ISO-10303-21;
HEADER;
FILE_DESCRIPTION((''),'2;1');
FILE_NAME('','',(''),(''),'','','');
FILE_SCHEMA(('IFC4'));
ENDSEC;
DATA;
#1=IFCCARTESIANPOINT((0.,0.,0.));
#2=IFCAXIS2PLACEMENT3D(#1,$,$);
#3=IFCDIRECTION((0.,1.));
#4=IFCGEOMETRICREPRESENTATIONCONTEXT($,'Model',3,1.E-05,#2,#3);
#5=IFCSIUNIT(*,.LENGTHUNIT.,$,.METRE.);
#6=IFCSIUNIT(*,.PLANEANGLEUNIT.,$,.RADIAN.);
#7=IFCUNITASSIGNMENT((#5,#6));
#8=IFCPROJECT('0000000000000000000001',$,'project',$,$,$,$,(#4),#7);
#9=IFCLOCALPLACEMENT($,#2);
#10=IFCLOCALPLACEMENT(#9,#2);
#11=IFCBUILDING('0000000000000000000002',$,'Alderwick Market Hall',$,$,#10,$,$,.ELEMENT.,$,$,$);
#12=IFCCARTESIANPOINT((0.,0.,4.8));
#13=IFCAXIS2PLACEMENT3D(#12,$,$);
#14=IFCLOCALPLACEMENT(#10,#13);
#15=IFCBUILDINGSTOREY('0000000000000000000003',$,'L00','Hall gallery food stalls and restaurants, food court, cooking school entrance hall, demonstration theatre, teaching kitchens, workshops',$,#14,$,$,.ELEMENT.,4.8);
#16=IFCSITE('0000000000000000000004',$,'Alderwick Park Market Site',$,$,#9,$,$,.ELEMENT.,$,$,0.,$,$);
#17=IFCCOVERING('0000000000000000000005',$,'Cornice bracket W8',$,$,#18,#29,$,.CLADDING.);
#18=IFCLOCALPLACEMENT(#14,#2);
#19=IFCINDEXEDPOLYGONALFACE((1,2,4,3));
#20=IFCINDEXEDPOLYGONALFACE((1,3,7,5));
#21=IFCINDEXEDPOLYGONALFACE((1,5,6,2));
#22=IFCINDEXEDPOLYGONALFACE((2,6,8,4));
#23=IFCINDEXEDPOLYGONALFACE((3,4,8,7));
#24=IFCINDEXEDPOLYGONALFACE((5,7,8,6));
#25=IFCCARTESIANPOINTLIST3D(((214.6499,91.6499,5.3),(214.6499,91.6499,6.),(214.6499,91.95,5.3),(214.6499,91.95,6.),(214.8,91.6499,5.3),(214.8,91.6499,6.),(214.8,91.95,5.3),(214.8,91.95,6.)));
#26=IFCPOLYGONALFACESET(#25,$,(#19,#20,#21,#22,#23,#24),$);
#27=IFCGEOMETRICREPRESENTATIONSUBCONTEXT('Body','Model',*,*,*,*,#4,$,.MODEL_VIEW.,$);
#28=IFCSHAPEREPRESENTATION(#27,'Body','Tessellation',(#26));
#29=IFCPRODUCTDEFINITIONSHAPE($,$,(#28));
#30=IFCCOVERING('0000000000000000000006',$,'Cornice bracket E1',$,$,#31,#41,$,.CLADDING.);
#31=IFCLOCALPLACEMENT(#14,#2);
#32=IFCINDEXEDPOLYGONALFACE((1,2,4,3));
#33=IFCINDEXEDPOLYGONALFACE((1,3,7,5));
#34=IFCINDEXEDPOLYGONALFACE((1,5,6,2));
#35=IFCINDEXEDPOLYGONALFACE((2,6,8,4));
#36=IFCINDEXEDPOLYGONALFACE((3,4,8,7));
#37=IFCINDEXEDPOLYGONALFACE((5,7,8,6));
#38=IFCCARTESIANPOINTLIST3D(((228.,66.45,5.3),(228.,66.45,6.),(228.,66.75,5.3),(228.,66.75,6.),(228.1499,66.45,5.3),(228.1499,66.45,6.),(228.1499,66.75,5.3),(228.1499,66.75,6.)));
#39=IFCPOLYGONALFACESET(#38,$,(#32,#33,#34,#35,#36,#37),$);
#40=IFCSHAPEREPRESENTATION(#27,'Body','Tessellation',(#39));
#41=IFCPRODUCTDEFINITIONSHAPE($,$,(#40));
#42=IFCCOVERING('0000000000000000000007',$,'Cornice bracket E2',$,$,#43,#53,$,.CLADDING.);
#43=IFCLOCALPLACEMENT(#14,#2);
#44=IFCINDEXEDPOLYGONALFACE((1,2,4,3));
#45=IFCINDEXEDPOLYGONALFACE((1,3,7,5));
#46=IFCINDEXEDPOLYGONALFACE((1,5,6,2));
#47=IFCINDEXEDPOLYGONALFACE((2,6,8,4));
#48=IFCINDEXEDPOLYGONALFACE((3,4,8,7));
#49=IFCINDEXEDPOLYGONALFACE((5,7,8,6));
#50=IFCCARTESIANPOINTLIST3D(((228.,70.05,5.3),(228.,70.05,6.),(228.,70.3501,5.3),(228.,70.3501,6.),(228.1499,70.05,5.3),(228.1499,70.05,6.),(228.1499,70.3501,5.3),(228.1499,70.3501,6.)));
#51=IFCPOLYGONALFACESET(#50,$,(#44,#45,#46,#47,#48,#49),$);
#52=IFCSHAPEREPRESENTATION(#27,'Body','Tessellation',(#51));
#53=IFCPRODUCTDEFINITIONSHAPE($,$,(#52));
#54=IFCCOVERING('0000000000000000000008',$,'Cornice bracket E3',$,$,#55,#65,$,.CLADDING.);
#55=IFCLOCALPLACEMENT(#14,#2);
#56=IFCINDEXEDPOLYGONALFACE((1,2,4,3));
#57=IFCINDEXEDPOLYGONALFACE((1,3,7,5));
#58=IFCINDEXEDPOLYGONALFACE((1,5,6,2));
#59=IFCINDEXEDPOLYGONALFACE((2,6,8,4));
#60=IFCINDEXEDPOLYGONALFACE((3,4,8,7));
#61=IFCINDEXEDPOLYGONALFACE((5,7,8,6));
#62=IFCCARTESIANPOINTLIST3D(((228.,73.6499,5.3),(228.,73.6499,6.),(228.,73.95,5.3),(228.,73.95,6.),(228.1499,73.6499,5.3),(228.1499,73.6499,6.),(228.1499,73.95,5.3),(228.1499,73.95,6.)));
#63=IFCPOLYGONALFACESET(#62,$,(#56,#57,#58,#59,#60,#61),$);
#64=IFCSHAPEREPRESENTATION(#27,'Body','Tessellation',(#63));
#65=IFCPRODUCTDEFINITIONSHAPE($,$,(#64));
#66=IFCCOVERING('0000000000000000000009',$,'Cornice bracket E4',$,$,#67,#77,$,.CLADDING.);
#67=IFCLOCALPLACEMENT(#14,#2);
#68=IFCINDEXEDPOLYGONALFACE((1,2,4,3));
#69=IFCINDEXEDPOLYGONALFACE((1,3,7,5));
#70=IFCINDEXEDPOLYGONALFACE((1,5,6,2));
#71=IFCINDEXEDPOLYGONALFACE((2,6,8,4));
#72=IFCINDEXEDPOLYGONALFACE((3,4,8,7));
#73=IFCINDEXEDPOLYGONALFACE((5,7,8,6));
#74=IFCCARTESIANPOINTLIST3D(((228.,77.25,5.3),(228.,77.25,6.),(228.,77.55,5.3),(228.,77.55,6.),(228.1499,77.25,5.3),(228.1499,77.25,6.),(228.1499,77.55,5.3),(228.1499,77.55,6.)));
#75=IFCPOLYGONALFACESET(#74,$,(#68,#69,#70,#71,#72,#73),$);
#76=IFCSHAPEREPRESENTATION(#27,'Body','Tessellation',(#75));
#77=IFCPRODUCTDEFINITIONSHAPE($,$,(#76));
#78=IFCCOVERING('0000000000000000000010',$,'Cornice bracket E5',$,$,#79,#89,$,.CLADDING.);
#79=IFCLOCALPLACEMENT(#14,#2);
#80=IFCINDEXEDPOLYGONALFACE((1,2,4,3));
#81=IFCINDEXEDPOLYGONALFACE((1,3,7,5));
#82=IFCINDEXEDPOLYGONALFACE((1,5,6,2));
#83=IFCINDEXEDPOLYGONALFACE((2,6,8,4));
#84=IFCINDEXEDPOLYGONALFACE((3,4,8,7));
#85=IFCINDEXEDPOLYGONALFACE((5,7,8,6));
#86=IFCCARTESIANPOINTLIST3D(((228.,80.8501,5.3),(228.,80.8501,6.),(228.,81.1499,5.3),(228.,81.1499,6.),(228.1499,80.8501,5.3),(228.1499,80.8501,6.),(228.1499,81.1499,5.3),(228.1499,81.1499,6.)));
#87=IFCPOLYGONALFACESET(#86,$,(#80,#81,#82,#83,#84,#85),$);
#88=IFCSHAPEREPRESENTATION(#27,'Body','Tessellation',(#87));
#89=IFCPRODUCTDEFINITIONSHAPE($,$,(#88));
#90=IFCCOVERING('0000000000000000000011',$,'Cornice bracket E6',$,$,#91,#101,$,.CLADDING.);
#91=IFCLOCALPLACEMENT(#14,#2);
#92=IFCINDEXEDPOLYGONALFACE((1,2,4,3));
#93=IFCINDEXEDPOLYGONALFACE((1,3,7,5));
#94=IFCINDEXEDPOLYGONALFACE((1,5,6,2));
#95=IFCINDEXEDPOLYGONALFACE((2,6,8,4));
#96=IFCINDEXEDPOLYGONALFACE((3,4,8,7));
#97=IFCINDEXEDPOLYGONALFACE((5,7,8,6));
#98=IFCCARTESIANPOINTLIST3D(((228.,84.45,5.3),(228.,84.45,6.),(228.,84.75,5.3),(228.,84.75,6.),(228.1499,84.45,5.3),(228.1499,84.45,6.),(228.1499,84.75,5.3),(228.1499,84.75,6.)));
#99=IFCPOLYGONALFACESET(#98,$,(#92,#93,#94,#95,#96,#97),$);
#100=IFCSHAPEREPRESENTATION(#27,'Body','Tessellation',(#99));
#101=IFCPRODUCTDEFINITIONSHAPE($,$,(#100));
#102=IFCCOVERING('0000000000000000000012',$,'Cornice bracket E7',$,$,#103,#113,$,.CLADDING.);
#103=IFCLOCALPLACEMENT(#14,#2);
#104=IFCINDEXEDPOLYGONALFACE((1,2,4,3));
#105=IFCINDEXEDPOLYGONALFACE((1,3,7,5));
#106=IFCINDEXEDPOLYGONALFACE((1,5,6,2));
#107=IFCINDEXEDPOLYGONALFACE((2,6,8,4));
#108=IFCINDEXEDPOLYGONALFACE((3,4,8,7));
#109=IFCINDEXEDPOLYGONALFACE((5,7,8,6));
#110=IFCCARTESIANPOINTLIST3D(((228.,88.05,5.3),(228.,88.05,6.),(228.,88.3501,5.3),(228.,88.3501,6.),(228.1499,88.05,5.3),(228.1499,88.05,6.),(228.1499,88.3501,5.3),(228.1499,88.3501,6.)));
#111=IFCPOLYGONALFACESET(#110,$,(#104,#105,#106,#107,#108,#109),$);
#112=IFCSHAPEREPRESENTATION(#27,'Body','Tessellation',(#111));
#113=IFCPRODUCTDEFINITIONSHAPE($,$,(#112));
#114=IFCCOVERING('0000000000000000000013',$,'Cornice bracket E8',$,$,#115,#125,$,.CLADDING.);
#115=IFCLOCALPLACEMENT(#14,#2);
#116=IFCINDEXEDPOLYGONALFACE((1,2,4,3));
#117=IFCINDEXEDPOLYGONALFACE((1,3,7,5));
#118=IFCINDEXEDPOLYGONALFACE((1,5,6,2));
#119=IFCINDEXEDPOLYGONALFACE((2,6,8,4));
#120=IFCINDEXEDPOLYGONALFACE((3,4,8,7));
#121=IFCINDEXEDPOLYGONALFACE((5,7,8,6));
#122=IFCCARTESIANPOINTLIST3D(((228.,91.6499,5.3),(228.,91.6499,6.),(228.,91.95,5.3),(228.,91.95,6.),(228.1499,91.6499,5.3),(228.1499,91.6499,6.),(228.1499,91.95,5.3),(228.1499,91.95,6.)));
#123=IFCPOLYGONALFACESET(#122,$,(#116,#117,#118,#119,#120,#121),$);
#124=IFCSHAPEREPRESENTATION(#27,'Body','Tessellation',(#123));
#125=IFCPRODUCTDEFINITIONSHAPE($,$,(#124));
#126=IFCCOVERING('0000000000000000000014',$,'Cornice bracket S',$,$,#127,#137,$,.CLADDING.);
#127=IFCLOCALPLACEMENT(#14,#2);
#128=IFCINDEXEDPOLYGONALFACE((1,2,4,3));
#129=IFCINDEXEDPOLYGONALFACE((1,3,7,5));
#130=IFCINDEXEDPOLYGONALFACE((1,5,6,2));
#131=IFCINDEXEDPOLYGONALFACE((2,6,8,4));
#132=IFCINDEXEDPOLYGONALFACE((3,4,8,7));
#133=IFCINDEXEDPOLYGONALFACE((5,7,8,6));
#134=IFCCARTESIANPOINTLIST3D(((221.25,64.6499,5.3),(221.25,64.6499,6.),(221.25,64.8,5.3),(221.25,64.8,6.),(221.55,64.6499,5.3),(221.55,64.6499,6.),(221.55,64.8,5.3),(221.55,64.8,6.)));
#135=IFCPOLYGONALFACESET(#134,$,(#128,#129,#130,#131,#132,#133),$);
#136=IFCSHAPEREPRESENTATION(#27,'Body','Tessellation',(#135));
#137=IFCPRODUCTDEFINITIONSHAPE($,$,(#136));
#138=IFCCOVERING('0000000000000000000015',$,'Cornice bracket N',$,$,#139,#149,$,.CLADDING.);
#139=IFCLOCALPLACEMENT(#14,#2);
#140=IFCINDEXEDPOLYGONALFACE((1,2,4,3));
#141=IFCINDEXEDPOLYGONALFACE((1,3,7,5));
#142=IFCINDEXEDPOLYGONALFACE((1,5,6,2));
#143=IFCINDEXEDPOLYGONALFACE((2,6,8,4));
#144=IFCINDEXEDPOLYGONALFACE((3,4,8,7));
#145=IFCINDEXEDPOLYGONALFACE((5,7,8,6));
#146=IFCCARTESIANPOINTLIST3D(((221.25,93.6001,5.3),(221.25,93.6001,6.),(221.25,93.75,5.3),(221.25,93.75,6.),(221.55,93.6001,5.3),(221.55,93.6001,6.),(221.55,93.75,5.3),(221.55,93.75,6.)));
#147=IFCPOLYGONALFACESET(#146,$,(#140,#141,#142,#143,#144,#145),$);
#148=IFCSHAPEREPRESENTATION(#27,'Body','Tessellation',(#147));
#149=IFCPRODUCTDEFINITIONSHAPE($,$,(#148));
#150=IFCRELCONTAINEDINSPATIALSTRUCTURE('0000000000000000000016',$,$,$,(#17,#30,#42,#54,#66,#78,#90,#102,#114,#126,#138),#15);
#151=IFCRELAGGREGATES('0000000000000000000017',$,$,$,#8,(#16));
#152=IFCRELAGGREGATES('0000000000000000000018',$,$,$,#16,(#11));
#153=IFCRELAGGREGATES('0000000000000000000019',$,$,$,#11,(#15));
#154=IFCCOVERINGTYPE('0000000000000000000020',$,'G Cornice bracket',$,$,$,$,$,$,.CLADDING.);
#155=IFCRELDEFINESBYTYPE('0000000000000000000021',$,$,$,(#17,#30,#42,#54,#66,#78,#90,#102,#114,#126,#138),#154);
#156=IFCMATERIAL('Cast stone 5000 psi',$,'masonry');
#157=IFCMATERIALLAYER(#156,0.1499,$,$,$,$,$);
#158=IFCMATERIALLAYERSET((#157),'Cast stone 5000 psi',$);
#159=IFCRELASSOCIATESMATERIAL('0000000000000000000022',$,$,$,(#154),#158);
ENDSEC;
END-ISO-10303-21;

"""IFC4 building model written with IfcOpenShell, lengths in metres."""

from ifc_helpers import new_model, si_unit, direction, frame, origin, place, context, subcontext, project, spatial, polyline, outline, extrude, material, layer, layer_set, type_object, element, save


model = new_model("IFC4")

# Units and contexts
model_context = context("Model", 3, precision=1e-05, world=origin(), true_north=direction((0.0, 1.0)))
body_context = subcontext(model_context, "Body", "Model", "MODEL_VIEW")
ifc_project = project(units=[si_unit("LENGTHUNIT", "METRE"), si_unit("PLANEANGLEUNIT", "RADIAN")], contexts=[model_context])

# Site, building, storey
site_placement = place(None, origin())
site = spatial("IfcSite", under=ifc_project, at=site_placement, Name="Alderwick Park Market Site", CompositionType="ELEMENT", RefElevation=0.0)
building_placement = place(site_placement, origin())
building = spatial("IfcBuilding", under=site, at=building_placement, Name="Alderwick Market Hall", CompositionType="ELEMENT")
storey_placement = place(building_placement, frame((0.0, 0.0, 4.8)))
storey = spatial("IfcBuildingStorey", under=building, at=storey_placement, Name="L00", Description="Hall gallery food stalls and restaurants, food court, cooking school entrance hall, demonstration theatre, teaching kitchens, workshops", CompositionType="ELEMENT", Elevation=4.8)

# Coverings
ifc_material_1 = material(Name="Cast stone 5000 psi", Category="masonry")
ifc_layer_1 = layer(ifc_material_1, 0.1499)
ifc_layer_set_1 = layer_set([ifc_layer_1], Name="Cast stone 5000 psi")
covering_type_1 = type_object("IfcCoveringType", Name="G Cornice bracket", PredefinedType="CLADDING", material=ifc_layer_set_1)
covering_1_placement = place(storey_placement, frame((0.0, 0.0, 5.3)))
element("IfcCovering", 1, at=covering_1_placement, inside=storey, type_object=covering_type_1, Name="Cornice bracket W8", PredefinedType="CLADDING", context=body_context, shape_type="SweptSolid", body=[
    extrude(outline(polyline([(214.6499, 91.6499), (214.8, 91.6499), (214.8, 91.95), (214.6499, 91.95), (214.6499, 91.6499)])), origin(), (0.0, 0.0, 1.0), 0.7),
])
covering_2_placement = place(storey_placement, frame((0.0, 0.0, 5.3)))
element("IfcCovering", 2, at=covering_2_placement, inside=storey, type_object=covering_type_1, Name="Cornice bracket E1", PredefinedType="CLADDING", context=body_context, shape_type="SweptSolid", body=[
    extrude(outline(polyline([(228.0, 66.45), (228.1499, 66.45), (228.1499, 66.75), (228.0, 66.75), (228.0, 66.45)])), origin(), (0.0, 0.0, 1.0), 0.7),
])
covering_3_placement = place(storey_placement, frame((0.0, 0.0, 5.3)))
element("IfcCovering", 3, at=covering_3_placement, inside=storey, type_object=covering_type_1, Name="Cornice bracket E2", PredefinedType="CLADDING", context=body_context, shape_type="SweptSolid", body=[
    extrude(outline(polyline([(228.0, 70.05), (228.1499, 70.05), (228.1499, 70.3501), (228.0, 70.3501), (228.0, 70.05)])), origin(), (0.0, 0.0, 1.0), 0.7),
])
covering_4_placement = place(storey_placement, frame((0.0, 0.0, 5.3)))
element("IfcCovering", 4, at=covering_4_placement, inside=storey, type_object=covering_type_1, Name="Cornice bracket E3", PredefinedType="CLADDING", context=body_context, shape_type="SweptSolid", body=[
    extrude(outline(polyline([(228.0, 73.6499), (228.1499, 73.6499), (228.1499, 73.95), (228.0, 73.95), (228.0, 73.6499)])), origin(), (0.0, 0.0, 1.0), 0.7),
])
covering_5_placement = place(storey_placement, frame((0.0, 0.0, 5.3)))
element("IfcCovering", 5, at=covering_5_placement, inside=storey, type_object=covering_type_1, Name="Cornice bracket E4", PredefinedType="CLADDING", context=body_context, shape_type="SweptSolid", body=[
    extrude(outline(polyline([(228.0, 77.25), (228.1499, 77.25), (228.1499, 77.55), (228.0, 77.55), (228.0, 77.25)])), origin(), (0.0, 0.0, 1.0), 0.7),
])
covering_6_placement = place(storey_placement, frame((0.0, 0.0, 5.3)))
element("IfcCovering", 6, at=covering_6_placement, inside=storey, type_object=covering_type_1, Name="Cornice bracket E5", PredefinedType="CLADDING", context=body_context, shape_type="SweptSolid", body=[
    extrude(outline(polyline([(228.0, 80.8501), (228.1499, 80.8501), (228.1499, 81.1499), (228.0, 81.1499), (228.0, 80.8501)])), origin(), (0.0, 0.0, 1.0), 0.7),
])
covering_7_placement = place(storey_placement, frame((0.0, 0.0, 5.3)))
element("IfcCovering", 7, at=covering_7_placement, inside=storey, type_object=covering_type_1, Name="Cornice bracket E6", PredefinedType="CLADDING", context=body_context, shape_type="SweptSolid", body=[
    extrude(outline(polyline([(228.0, 84.45), (228.1499, 84.45), (228.1499, 84.75), (228.0, 84.75), (228.0, 84.45)])), origin(), (0.0, 0.0, 1.0), 0.7),
])
covering_8_placement = place(storey_placement, frame((0.0, 0.0, 5.3)))
element("IfcCovering", 8, at=covering_8_placement, inside=storey, type_object=covering_type_1, Name="Cornice bracket E7", PredefinedType="CLADDING", context=body_context, shape_type="SweptSolid", body=[
    extrude(outline(polyline([(228.0, 88.05), (228.1499, 88.05), (228.1499, 88.3501), (228.0, 88.3501), (228.0, 88.05)])), origin(), (0.0, 0.0, 1.0), 0.7),
])
covering_9_placement = place(storey_placement, frame((0.0, 0.0, 5.3)))
element("IfcCovering", 9, at=covering_9_placement, inside=storey, type_object=covering_type_1, Name="Cornice bracket E8", PredefinedType="CLADDING", context=body_context, shape_type="SweptSolid", body=[
    extrude(outline(polyline([(228.0, 91.6499), (228.1499, 91.6499), (228.1499, 91.95), (228.0, 91.95), (228.0, 91.6499)])), origin(), (0.0, 0.0, 1.0), 0.7),
])
covering_10_placement = place(storey_placement, frame((0.0, 0.0, 5.3)))
element("IfcCovering", 10, at=covering_10_placement, inside=storey, type_object=covering_type_1, Name="Cornice bracket S", PredefinedType="CLADDING", context=body_context, shape_type="SweptSolid", body=[
    extrude(outline(polyline([(221.25, 64.6499), (221.55, 64.6499), (221.55, 64.8), (221.25, 64.8), (221.25, 64.6499)])), origin(), (0.0, 0.0, 1.0), 0.7),
])
covering_11_placement = place(storey_placement, frame((0.0, 0.0, 5.3)))
element("IfcCovering", 11, at=covering_11_placement, inside=storey, type_object=covering_type_1, Name="Cornice bracket N", PredefinedType="CLADDING", context=body_context, shape_type="SweptSolid", body=[
    extrude(outline(polyline([(221.25, 93.6001), (221.55, 93.6001), (221.55, 93.75), (221.25, 93.75), (221.25, 93.6001)])), origin(), (0.0, 0.0, 1.0), 0.7),
])

save(model, "model.ifc")
